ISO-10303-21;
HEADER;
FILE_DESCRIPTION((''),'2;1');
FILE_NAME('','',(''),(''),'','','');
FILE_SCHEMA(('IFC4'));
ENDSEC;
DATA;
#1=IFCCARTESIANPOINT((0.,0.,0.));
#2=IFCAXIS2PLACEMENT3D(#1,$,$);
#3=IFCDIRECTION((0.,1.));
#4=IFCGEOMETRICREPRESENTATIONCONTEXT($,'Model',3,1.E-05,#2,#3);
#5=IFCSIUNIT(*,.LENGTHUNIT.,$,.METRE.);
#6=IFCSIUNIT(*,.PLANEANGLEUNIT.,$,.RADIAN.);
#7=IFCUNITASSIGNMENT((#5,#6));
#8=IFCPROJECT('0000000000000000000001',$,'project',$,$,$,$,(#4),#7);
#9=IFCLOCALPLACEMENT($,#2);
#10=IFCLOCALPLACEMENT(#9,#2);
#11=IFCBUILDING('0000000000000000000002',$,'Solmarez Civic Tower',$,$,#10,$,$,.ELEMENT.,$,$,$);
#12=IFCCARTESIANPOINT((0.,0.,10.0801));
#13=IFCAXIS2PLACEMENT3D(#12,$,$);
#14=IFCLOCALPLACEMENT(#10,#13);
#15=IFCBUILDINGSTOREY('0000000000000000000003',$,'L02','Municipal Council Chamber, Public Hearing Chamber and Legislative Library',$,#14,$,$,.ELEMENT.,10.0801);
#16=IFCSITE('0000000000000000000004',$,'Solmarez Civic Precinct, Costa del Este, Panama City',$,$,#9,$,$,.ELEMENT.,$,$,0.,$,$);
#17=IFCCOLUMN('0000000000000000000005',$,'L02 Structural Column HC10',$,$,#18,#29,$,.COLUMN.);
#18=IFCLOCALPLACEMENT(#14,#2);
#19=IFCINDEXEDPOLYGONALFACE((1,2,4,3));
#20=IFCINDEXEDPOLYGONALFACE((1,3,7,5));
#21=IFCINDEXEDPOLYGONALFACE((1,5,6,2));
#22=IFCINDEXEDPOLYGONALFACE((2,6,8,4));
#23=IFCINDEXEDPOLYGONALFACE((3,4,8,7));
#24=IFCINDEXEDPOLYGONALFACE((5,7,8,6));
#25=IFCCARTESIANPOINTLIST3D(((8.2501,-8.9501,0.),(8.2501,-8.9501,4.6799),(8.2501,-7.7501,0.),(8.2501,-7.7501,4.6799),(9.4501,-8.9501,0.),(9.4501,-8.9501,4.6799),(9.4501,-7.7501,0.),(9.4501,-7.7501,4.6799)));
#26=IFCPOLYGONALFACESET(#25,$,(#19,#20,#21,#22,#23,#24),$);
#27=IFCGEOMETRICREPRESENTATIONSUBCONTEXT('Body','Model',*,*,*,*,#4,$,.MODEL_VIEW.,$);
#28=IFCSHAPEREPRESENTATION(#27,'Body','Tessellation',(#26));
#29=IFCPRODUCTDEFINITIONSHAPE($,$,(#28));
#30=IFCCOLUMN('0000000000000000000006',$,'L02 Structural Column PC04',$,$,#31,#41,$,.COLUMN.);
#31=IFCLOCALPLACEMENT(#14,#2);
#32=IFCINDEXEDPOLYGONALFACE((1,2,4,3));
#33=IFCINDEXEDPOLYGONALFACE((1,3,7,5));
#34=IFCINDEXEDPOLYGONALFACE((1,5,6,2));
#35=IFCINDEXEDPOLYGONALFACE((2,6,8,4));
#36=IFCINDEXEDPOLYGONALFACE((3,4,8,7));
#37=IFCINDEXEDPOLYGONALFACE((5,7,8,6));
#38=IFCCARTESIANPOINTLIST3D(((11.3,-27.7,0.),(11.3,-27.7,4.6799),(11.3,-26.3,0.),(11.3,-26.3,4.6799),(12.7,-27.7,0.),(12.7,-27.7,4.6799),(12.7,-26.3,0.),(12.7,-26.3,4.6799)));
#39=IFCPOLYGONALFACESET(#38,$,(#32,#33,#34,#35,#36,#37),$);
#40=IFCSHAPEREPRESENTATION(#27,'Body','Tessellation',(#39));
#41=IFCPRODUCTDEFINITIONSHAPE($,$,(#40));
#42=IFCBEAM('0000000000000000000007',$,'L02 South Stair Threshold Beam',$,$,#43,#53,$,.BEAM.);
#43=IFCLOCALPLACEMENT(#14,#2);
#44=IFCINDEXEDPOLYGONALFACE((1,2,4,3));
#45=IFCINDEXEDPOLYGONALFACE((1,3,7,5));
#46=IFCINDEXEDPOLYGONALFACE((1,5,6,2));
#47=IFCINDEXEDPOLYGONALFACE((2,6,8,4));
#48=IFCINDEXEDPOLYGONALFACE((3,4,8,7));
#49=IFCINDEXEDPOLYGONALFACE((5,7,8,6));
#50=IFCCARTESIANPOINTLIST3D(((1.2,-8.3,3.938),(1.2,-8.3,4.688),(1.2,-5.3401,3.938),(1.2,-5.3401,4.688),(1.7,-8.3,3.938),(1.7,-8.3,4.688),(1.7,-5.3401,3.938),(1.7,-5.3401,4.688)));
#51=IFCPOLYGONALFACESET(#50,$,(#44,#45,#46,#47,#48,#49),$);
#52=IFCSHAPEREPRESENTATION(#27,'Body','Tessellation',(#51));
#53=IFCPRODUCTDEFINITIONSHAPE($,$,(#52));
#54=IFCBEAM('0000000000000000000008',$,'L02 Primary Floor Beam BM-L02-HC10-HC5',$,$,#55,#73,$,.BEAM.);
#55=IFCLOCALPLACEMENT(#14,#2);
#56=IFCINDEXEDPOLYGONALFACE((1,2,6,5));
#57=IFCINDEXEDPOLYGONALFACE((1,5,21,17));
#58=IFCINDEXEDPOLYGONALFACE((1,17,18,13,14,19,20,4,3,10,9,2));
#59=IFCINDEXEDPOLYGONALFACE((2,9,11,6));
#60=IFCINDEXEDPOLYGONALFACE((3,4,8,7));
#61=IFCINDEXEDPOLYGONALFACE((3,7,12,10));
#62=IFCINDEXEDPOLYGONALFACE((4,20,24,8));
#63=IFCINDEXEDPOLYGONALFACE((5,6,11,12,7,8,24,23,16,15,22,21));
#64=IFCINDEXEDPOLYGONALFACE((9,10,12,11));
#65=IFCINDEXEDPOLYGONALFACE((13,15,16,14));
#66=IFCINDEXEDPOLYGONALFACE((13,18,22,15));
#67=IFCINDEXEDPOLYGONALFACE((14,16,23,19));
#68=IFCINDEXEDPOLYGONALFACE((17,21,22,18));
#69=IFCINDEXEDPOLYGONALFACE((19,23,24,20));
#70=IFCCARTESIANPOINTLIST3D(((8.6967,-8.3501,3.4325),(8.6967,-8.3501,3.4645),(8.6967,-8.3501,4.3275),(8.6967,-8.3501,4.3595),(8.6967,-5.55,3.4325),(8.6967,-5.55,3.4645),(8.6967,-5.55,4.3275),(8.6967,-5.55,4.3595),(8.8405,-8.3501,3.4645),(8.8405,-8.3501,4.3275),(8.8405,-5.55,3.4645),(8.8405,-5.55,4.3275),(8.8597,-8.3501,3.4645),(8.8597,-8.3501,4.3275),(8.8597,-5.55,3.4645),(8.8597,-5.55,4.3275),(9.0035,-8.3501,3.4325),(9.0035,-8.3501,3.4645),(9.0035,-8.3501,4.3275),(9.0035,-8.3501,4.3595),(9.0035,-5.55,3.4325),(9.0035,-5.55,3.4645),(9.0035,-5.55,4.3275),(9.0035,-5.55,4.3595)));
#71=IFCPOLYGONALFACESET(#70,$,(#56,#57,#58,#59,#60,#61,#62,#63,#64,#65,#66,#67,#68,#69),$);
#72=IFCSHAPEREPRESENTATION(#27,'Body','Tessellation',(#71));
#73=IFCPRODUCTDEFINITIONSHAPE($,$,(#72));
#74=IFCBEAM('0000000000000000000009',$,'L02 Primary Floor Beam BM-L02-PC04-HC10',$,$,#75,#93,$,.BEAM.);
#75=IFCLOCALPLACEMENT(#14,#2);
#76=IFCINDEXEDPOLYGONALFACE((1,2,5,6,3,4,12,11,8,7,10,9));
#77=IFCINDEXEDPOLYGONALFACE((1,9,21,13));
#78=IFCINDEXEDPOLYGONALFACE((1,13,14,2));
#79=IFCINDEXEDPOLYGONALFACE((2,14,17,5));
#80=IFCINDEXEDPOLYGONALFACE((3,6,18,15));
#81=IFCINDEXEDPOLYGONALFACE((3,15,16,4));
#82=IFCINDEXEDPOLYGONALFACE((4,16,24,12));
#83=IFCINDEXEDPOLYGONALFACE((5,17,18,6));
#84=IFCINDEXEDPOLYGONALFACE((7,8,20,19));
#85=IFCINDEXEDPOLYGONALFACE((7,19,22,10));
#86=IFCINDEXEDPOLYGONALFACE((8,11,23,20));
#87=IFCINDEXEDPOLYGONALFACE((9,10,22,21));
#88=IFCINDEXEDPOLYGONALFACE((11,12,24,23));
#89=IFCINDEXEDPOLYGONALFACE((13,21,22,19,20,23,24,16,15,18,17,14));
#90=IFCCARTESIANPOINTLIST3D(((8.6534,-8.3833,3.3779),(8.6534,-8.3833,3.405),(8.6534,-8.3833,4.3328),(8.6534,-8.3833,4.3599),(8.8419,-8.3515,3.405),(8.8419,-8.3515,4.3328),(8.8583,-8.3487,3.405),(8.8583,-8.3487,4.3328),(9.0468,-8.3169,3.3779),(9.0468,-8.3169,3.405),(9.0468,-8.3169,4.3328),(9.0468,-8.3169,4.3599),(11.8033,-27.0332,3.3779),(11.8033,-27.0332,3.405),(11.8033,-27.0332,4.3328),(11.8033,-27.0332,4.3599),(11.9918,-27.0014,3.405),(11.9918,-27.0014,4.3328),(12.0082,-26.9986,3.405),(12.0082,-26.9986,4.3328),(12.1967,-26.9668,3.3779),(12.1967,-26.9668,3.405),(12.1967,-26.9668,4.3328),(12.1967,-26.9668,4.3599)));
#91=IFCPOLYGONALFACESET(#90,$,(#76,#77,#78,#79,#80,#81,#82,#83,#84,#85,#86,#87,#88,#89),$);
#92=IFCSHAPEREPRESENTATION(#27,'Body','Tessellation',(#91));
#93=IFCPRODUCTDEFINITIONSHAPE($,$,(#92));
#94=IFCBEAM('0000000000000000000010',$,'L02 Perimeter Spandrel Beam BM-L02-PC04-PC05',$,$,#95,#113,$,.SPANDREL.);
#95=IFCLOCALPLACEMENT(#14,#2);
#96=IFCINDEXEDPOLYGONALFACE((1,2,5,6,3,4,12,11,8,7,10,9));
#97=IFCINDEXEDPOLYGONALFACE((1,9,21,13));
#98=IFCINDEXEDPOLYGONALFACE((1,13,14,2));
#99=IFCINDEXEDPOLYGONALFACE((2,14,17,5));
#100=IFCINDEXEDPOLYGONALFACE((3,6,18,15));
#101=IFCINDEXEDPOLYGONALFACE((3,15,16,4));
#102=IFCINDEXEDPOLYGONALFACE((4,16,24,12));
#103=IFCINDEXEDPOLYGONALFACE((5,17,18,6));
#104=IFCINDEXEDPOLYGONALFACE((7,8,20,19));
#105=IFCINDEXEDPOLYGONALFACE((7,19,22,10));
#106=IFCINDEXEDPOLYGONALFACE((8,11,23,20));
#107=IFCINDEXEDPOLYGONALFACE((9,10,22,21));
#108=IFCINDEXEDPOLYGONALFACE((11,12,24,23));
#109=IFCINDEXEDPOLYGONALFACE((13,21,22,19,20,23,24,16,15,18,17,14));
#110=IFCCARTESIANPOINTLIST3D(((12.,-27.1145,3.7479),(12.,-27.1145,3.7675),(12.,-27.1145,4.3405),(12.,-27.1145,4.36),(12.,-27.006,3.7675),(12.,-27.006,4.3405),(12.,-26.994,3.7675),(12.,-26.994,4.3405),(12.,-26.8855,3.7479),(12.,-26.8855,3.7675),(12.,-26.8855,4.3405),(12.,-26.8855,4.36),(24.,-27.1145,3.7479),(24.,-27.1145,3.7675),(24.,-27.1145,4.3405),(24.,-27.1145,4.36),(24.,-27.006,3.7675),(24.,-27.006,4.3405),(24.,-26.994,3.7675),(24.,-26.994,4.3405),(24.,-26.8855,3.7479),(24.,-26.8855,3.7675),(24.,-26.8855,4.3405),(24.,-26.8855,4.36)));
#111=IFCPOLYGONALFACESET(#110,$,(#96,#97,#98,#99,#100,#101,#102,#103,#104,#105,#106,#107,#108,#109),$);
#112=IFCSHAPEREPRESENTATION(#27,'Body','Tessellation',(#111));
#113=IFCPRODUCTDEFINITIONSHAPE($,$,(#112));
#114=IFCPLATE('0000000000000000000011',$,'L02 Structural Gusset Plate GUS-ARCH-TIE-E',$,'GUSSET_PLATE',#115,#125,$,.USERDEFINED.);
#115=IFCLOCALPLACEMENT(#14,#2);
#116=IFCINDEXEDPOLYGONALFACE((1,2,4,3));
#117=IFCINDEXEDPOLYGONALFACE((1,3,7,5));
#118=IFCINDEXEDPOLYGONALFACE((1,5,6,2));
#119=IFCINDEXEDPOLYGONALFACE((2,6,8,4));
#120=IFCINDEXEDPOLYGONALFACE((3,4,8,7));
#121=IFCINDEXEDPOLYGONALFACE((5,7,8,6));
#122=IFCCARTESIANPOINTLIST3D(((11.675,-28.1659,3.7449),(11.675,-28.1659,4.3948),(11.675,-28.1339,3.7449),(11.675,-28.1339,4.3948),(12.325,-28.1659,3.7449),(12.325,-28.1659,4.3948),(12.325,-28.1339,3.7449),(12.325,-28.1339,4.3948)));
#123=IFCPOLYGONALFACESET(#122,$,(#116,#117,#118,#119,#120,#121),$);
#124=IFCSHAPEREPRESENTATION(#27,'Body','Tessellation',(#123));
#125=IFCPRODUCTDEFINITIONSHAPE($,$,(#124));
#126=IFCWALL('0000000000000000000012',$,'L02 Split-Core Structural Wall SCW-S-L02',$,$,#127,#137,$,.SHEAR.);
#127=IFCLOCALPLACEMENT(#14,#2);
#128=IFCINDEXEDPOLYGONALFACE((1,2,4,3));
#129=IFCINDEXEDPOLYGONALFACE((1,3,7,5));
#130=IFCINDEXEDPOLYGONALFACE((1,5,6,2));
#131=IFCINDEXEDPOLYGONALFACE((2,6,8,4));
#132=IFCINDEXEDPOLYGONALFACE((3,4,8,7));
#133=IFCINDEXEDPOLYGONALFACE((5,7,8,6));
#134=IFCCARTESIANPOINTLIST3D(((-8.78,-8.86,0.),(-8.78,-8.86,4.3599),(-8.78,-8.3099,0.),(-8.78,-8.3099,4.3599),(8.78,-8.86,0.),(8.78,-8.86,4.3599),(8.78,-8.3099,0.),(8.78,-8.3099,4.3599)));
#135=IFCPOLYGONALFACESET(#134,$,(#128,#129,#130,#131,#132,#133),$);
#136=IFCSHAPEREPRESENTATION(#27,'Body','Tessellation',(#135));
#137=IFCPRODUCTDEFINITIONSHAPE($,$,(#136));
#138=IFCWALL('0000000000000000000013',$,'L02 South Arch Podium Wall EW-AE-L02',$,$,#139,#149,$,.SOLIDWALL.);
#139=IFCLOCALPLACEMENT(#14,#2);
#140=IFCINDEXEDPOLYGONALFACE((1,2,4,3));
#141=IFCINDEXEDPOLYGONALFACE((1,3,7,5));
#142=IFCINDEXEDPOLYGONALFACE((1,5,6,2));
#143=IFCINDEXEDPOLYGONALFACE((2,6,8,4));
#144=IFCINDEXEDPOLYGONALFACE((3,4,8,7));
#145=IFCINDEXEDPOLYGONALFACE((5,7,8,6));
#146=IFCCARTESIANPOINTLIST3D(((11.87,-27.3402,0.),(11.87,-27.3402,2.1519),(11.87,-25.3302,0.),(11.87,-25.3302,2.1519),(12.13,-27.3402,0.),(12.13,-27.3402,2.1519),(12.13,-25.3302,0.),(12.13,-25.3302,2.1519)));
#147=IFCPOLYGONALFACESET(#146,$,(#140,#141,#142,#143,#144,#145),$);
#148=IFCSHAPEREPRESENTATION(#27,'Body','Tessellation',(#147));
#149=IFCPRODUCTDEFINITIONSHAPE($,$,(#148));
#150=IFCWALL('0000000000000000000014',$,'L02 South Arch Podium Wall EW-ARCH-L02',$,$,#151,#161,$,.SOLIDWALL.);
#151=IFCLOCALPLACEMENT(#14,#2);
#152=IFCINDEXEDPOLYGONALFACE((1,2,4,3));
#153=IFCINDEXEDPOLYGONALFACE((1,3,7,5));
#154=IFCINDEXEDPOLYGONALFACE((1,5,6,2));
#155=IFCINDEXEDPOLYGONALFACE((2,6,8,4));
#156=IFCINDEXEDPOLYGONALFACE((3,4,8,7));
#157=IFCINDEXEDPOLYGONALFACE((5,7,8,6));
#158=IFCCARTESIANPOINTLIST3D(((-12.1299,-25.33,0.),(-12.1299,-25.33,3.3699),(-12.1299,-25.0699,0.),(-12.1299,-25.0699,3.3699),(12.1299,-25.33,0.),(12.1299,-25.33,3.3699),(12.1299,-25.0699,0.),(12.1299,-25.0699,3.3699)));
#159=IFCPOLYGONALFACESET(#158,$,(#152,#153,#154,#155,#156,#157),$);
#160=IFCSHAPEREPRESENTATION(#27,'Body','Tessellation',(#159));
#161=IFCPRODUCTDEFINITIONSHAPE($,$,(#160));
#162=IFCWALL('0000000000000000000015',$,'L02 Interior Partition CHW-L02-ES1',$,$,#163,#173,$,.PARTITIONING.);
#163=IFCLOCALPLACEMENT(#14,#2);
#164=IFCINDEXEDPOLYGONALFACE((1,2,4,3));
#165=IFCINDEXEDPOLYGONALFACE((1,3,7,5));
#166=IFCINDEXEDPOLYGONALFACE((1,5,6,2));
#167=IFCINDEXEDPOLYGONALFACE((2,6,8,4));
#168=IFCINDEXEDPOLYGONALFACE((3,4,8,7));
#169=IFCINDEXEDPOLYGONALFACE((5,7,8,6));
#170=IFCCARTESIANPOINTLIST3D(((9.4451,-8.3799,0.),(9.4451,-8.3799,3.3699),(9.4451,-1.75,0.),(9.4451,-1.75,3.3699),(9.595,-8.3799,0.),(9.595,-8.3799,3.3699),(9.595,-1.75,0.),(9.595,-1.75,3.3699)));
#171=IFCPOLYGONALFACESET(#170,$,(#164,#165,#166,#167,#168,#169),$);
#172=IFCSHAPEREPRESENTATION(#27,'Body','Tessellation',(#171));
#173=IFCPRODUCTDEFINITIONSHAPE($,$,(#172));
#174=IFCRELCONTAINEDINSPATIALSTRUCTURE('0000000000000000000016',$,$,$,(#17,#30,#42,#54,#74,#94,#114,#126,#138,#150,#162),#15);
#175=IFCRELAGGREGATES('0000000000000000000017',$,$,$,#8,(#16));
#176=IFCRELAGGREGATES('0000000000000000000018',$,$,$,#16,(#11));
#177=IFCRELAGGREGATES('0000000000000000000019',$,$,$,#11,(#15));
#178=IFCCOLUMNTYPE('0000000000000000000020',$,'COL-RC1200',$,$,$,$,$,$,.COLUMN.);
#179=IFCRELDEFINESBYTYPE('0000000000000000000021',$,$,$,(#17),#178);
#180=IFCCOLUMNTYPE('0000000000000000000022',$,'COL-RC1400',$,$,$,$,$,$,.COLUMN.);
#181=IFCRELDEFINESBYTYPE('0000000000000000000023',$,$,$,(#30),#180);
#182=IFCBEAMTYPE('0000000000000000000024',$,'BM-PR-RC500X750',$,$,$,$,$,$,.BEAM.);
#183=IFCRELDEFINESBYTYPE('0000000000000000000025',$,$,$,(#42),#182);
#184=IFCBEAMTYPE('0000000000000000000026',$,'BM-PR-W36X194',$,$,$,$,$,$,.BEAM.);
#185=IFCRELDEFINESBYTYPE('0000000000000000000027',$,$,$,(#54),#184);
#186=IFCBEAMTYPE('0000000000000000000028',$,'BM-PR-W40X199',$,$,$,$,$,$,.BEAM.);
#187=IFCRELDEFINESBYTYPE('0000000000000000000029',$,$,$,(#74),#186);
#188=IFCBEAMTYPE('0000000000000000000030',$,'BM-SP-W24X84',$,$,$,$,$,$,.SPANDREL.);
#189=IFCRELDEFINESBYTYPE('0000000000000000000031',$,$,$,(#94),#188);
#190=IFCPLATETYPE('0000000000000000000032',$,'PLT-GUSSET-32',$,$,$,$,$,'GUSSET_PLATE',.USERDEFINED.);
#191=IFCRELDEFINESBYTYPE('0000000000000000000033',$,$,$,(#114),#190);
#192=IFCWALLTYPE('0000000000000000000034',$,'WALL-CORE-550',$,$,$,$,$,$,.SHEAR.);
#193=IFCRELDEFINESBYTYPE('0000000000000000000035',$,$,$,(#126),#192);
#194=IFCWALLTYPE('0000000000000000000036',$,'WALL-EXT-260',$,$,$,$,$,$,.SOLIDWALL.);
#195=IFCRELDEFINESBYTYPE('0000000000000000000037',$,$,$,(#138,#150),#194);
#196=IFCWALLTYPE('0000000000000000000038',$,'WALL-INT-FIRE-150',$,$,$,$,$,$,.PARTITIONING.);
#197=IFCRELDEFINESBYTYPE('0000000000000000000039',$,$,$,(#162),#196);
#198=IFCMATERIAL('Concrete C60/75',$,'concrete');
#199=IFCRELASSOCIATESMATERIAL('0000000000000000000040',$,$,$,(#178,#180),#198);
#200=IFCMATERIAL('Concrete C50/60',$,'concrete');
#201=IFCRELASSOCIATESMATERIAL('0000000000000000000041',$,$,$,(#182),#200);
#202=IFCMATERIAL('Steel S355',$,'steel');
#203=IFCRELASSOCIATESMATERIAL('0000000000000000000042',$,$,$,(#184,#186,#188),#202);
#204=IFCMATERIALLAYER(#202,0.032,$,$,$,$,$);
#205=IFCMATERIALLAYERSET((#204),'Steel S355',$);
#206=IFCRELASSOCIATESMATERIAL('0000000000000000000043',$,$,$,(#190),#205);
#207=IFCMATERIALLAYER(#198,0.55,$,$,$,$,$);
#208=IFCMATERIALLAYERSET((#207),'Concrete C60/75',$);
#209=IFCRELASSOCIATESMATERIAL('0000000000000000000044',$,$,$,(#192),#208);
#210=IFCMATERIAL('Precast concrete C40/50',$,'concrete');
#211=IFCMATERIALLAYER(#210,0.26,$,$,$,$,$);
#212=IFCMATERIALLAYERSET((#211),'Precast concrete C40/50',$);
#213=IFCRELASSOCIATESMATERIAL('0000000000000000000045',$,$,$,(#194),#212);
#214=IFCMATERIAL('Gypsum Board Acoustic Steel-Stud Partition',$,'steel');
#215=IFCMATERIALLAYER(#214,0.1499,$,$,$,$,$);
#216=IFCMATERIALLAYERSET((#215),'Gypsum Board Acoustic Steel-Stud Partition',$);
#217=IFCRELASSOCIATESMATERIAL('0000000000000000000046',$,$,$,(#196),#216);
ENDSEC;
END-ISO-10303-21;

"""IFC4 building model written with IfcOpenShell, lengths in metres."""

from ifc_helpers import new_model, si_unit, direction, frame, frame_2d, origin, origin_2d, place, context, subcontext, project, spatial, rectangle, i_section, extrude, material, layer, layer_set, material_profile, profile_set, type_object, element, save


model = new_model("IFC4")

# Units and contexts
model_context = context("Model", 3, precision=1e-05, world=origin(), true_north=direction((0.0, 1.0)))
body_context = subcontext(model_context, "Body", "Model", "MODEL_VIEW")
ifc_project = project(units=[si_unit("LENGTHUNIT", "METRE"), si_unit("PLANEANGLEUNIT", "RADIAN")], contexts=[model_context])

# Site, building, storey
site_placement = place(None, origin())
site = spatial("IfcSite", under=ifc_project, at=site_placement, Name="Solmarez Civic Precinct, Costa del Este, Panama City", CompositionType="ELEMENT", RefElevation=0.0)
building_placement = place(site_placement, origin())
building = spatial("IfcBuilding", under=site, at=building_placement, Name="Solmarez Civic Tower", CompositionType="ELEMENT")
storey_placement = place(building_placement, frame((0.0, 0.0, 10.0801)))
storey = spatial("IfcBuildingStorey", under=building, at=storey_placement, Name="L02", Description="Municipal Council Chamber, Public Hearing Chamber and Legislative Library", CompositionType="ELEMENT", Elevation=10.0801)

# Columns
ifc_material_1 = material(Name="Concrete C60/75", Category="concrete")
ifc_material_profile_1 = material_profile(ifc_material_1, rectangle(XDim=1.2, YDim=1.2, at=origin_2d()), Name="RC1200X1200")
ifc_profile_set_1 = profile_set([ifc_material_profile_1], Name="Concrete C60/75")
column_type_1 = type_object("IfcColumnType", Name="COL-RC1200", PredefinedType="COLUMN", material=ifc_profile_set_1)
column_1_placement = place(storey_placement, frame((8.8501, -8.3501, 0.0), z_axis=(0.0, 0.0, 1.0), x_axis=(1.0, 0.0, 0.0)))
element("IfcColumn", 1, at=column_1_placement, inside=storey, type_object=column_type_1, Name="L02 Structural Column HC10", PredefinedType="COLUMN", context=body_context, shape_type="SweptSolid", body=[
    extrude(rectangle(XDim=1.2, YDim=1.2, at=origin_2d()), origin(), (0.0, 0.0, 1.0), 4.6799),
])
ifc_material_profile_2 = material_profile(ifc_material_1, rectangle(XDim=1.3999, YDim=1.3999, at=origin_2d()), Name="RC1400X1400")
ifc_profile_set_2 = profile_set([ifc_material_profile_2], Name="Concrete C60/75")
column_type_2 = type_object("IfcColumnType", Name="COL-RC1400", PredefinedType="COLUMN", material=ifc_profile_set_2)
column_2_placement = place(storey_placement, frame((12.0, -27.0, 0.0), z_axis=(0.0, 0.0, 1.0), x_axis=(1.0, 0.0, 0.0)))
element("IfcColumn", 2, at=column_2_placement, inside=storey, type_object=column_type_2, Name="L02 Structural Column PC04", PredefinedType="COLUMN", context=body_context, shape_type="SweptSolid", body=[
    extrude(rectangle(XDim=1.3999, YDim=1.3999, at=origin_2d()), origin(), (0.0, 0.0, 1.0), 4.6799),
])

# Beams
ifc_material_2 = material(Name="Concrete C50/60", Category="concrete")
ifc_material_profile_3 = material_profile(ifc_material_2, rectangle(XDim=0.5, YDim=0.75, at=origin_2d()), Name="RC500X750")
ifc_profile_set_3 = profile_set([ifc_material_profile_3], Name="Concrete C50/60")
beam_type_1 = type_object("IfcBeamType", Name="BM-PR-RC500X750", PredefinedType="BEAM", material=ifc_profile_set_3)
beam_1_placement = place(storey_placement, frame((1.45, -8.3, 4.313), z_axis=(0.0, 1.0, 0.0), x_axis=(-1.0, 0.0, 0.0)))
element("IfcBeam", 3, at=beam_1_placement, inside=storey, type_object=beam_type_1, Name="L02 South Stair Threshold Beam", PredefinedType="BEAM", context=body_context, shape_type="SweptSolid", body=[
    extrude(rectangle(XDim=0.5, YDim=0.75, at=origin_2d()), origin(), (0.0, 0.0, 1.0), 2.96),
])
ifc_material_3 = material(Name="Steel S355", Category="steel")
ifc_material_profile_4 = material_profile(ifc_material_3, i_section(OverallWidth=0.3069, OverallDepth=0.927, WebThickness=0.0193, FlangeThickness=0.032, at=origin_2d()), Name="W36X194")
ifc_profile_set_4 = profile_set([ifc_material_profile_4], Name="Steel S355")
beam_type_2 = type_object("IfcBeamType", Name="BM-PR-W36X194", PredefinedType="BEAM", material=ifc_profile_set_4)
beam_2_placement = place(storey_placement, frame((8.8501, -8.3501, 3.896), z_axis=(0.0, 1.0, 0.0), x_axis=(-1.0, 0.0, 0.0)))
element("IfcBeam", 4, at=beam_2_placement, inside=storey, type_object=beam_type_2, Name="L02 Primary Floor Beam BM-L02-HC10-HC5", PredefinedType="BEAM", context=body_context, shape_type="SweptSolid", body=[
    extrude(i_section(OverallWidth=0.3069, OverallDepth=0.927, WebThickness=0.0193, FlangeThickness=0.032, at=origin_2d()), origin(), (0.0, 0.0, 1.0), 2.8),
])
ifc_material_profile_5 = material_profile(ifc_material_3, i_section(OverallWidth=0.3989, OverallDepth=0.9819, WebThickness=0.0166, FlangeThickness=0.0271, at=origin_2d()), Name="W40X199")
ifc_profile_set_5 = profile_set([ifc_material_profile_5], Name="Steel S355")
beam_type_3 = type_object("IfcBeamType", Name="BM-PR-W40X199", PredefinedType="BEAM", material=ifc_profile_set_5)
beam_3_placement = place(storey_placement, frame((12.0, -27.0, 3.8689), z_axis=(-0.166538, 0.986035, 0.0), x_axis=(-0.986035, -0.166538, 0.0)))
element("IfcBeam", 5, at=beam_3_placement, inside=storey, type_object=beam_type_3, Name="L02 Primary Floor Beam BM-L02-PC04-HC10", PredefinedType="BEAM", context=body_context, shape_type="SweptSolid", body=[
    extrude(i_section(OverallWidth=0.3989, OverallDepth=0.9819, WebThickness=0.0166, FlangeThickness=0.0271, at=origin_2d()), origin(), (0.0, 0.0, 1.0), 18.9141),
])
ifc_material_profile_6 = material_profile(ifc_material_3, i_section(OverallWidth=0.229, OverallDepth=0.6121, WebThickness=0.012, FlangeThickness=0.0195, at=origin_2d()), Name="W24X84")
ifc_profile_set_6 = profile_set([ifc_material_profile_6], Name="Steel S355")
beam_type_4 = type_object("IfcBeamType", Name="BM-SP-W24X84", PredefinedType="SPANDREL", material=ifc_profile_set_6)
beam_4_placement = place(storey_placement, frame((12.0, -27.0, 4.054), z_axis=(1.0, 0.0, 0.0), x_axis=(0.0, 1.0, 0.0)))
element("IfcBeam", 6, at=beam_4_placement, inside=storey, type_object=beam_type_4, Name="L02 Perimeter Spandrel Beam BM-L02-PC04-PC05", PredefinedType="SPANDREL", context=body_context, shape_type="SweptSolid", body=[
    extrude(i_section(OverallWidth=0.229, OverallDepth=0.6121, WebThickness=0.012, FlangeThickness=0.0195, at=origin_2d()), origin(), (0.0, 0.0, 1.0), 12.0),
])

# Plate
ifc_layer_1 = layer(ifc_material_3, 0.032)
ifc_layer_set_1 = layer_set([ifc_layer_1], Name="Steel S355")
plate_type = type_object("IfcPlateType", Name="PLT-GUSSET-32", ElementType="GUSSET_PLATE", PredefinedType="USERDEFINED", material=ifc_layer_set_1)
plate_placement = place(storey_placement, frame((12.0, -28.1499, 3.7449), z_axis=(0.0, 0.0, 1.0), x_axis=(1.0, 0.0, 0.0)))
element("IfcPlate", 7, at=plate_placement, inside=storey, type_object=plate_type, Name="L02 Structural Gusset Plate GUS-ARCH-TIE-E", ObjectType="GUSSET_PLATE", PredefinedType="USERDEFINED", context=body_context, shape_type="SweptSolid", body=[
    extrude(rectangle(XDim=0.6499, YDim=0.032, at=origin_2d()), origin(), (0.0, 0.0, 1.0), 0.6499),
])

# Walls
ifc_layer_2 = layer(ifc_material_1, 0.55)
ifc_layer_set_2 = layer_set([ifc_layer_2], Name="Concrete C60/75")
wall_type_1 = type_object("IfcWallType", Name="WALL-CORE-550", PredefinedType="SHEAR", material=ifc_layer_set_2)
wall_1_placement = place(storey_placement, frame((8.78, -8.585, 0.0), z_axis=(0.0, 0.0, 1.0), x_axis=(-1.0, 0.0, 0.0)))
element("IfcWall", 8, at=wall_1_placement, inside=storey, type_object=wall_type_1, Name="L02 Split-Core Structural Wall SCW-S-L02", PredefinedType="SHEAR", context=body_context, shape_type="SweptSolid", body=[
    extrude(rectangle(XDim=17.5601, YDim=0.55, at=frame_2d((8.78, 0.0))), origin(), (0.0, 0.0, 1.0), 4.3599),
])
ifc_material_4 = material(Name="Precast concrete C40/50", Category="concrete")
ifc_layer_3 = layer(ifc_material_4, 0.26)
ifc_layer_set_3 = layer_set([ifc_layer_3], Name="Precast concrete C40/50")
wall_type_2 = type_object("IfcWallType", Name="WALL-EXT-260", PredefinedType="SOLIDWALL", material=ifc_layer_set_3)
wall_2_placement = place(storey_placement, frame((12.0, -27.3401, 0.0), z_axis=(0.0, 0.0, 1.0), x_axis=(0.0, 1.0, 0.0)))
element("IfcWall", 9, at=wall_2_placement, inside=storey, type_object=wall_type_2, Name="L02 South Arch Podium Wall EW-AE-L02", PredefinedType="SOLIDWALL", context=body_context, shape_type="SweptSolid", body=[
    extrude(rectangle(XDim=2.01, YDim=0.26, at=frame_2d((1.0049, 0.0))), origin(), (0.0, 0.0, 1.0), 2.1519),
])
wall_3_placement = place(storey_placement, frame((12.1299, -25.2, 0.0), z_axis=(0.0, 0.0, 1.0), x_axis=(-1.0, 0.0, 0.0)))
element("IfcWall", 10, at=wall_3_placement, inside=storey, type_object=wall_type_2, Name="L02 South Arch Podium Wall EW-ARCH-L02", PredefinedType="SOLIDWALL", context=body_context, shape_type="SweptSolid", body=[
    extrude(rectangle(XDim=24.2598, YDim=0.26, at=frame_2d((12.1299, 0.0))), origin(), (0.0, 0.0, 1.0), 3.3699),
])
ifc_material_5 = material(Name="Gypsum Board Acoustic Steel-Stud Partition", Category="steel")
ifc_layer_4 = layer(ifc_material_5, 0.1499)
ifc_layer_set_4 = layer_set([ifc_layer_4], Name="Gypsum Board Acoustic Steel-Stud Partition")
wall_type_3 = type_object("IfcWallType", Name="WALL-INT-FIRE-150", PredefinedType="PARTITIONING", material=ifc_layer_set_4)
wall_4_placement = place(storey_placement, frame((9.52, -8.3799, 0.0), z_axis=(0.0, 0.0, 1.0), x_axis=(0.0, 1.0, 0.0)))
element("IfcWall", 11, at=wall_4_placement, inside=storey, type_object=wall_type_3, Name="L02 Interior Partition CHW-L02-ES1", PredefinedType="PARTITIONING", context=body_context, shape_type="SweptSolid", body=[
    extrude(rectangle(XDim=6.6299, YDim=0.1499, at=frame_2d((3.3149, 0.0))), origin(), (0.0, 0.0, 1.0), 3.3699),
])

save(model, "model.ifc")
